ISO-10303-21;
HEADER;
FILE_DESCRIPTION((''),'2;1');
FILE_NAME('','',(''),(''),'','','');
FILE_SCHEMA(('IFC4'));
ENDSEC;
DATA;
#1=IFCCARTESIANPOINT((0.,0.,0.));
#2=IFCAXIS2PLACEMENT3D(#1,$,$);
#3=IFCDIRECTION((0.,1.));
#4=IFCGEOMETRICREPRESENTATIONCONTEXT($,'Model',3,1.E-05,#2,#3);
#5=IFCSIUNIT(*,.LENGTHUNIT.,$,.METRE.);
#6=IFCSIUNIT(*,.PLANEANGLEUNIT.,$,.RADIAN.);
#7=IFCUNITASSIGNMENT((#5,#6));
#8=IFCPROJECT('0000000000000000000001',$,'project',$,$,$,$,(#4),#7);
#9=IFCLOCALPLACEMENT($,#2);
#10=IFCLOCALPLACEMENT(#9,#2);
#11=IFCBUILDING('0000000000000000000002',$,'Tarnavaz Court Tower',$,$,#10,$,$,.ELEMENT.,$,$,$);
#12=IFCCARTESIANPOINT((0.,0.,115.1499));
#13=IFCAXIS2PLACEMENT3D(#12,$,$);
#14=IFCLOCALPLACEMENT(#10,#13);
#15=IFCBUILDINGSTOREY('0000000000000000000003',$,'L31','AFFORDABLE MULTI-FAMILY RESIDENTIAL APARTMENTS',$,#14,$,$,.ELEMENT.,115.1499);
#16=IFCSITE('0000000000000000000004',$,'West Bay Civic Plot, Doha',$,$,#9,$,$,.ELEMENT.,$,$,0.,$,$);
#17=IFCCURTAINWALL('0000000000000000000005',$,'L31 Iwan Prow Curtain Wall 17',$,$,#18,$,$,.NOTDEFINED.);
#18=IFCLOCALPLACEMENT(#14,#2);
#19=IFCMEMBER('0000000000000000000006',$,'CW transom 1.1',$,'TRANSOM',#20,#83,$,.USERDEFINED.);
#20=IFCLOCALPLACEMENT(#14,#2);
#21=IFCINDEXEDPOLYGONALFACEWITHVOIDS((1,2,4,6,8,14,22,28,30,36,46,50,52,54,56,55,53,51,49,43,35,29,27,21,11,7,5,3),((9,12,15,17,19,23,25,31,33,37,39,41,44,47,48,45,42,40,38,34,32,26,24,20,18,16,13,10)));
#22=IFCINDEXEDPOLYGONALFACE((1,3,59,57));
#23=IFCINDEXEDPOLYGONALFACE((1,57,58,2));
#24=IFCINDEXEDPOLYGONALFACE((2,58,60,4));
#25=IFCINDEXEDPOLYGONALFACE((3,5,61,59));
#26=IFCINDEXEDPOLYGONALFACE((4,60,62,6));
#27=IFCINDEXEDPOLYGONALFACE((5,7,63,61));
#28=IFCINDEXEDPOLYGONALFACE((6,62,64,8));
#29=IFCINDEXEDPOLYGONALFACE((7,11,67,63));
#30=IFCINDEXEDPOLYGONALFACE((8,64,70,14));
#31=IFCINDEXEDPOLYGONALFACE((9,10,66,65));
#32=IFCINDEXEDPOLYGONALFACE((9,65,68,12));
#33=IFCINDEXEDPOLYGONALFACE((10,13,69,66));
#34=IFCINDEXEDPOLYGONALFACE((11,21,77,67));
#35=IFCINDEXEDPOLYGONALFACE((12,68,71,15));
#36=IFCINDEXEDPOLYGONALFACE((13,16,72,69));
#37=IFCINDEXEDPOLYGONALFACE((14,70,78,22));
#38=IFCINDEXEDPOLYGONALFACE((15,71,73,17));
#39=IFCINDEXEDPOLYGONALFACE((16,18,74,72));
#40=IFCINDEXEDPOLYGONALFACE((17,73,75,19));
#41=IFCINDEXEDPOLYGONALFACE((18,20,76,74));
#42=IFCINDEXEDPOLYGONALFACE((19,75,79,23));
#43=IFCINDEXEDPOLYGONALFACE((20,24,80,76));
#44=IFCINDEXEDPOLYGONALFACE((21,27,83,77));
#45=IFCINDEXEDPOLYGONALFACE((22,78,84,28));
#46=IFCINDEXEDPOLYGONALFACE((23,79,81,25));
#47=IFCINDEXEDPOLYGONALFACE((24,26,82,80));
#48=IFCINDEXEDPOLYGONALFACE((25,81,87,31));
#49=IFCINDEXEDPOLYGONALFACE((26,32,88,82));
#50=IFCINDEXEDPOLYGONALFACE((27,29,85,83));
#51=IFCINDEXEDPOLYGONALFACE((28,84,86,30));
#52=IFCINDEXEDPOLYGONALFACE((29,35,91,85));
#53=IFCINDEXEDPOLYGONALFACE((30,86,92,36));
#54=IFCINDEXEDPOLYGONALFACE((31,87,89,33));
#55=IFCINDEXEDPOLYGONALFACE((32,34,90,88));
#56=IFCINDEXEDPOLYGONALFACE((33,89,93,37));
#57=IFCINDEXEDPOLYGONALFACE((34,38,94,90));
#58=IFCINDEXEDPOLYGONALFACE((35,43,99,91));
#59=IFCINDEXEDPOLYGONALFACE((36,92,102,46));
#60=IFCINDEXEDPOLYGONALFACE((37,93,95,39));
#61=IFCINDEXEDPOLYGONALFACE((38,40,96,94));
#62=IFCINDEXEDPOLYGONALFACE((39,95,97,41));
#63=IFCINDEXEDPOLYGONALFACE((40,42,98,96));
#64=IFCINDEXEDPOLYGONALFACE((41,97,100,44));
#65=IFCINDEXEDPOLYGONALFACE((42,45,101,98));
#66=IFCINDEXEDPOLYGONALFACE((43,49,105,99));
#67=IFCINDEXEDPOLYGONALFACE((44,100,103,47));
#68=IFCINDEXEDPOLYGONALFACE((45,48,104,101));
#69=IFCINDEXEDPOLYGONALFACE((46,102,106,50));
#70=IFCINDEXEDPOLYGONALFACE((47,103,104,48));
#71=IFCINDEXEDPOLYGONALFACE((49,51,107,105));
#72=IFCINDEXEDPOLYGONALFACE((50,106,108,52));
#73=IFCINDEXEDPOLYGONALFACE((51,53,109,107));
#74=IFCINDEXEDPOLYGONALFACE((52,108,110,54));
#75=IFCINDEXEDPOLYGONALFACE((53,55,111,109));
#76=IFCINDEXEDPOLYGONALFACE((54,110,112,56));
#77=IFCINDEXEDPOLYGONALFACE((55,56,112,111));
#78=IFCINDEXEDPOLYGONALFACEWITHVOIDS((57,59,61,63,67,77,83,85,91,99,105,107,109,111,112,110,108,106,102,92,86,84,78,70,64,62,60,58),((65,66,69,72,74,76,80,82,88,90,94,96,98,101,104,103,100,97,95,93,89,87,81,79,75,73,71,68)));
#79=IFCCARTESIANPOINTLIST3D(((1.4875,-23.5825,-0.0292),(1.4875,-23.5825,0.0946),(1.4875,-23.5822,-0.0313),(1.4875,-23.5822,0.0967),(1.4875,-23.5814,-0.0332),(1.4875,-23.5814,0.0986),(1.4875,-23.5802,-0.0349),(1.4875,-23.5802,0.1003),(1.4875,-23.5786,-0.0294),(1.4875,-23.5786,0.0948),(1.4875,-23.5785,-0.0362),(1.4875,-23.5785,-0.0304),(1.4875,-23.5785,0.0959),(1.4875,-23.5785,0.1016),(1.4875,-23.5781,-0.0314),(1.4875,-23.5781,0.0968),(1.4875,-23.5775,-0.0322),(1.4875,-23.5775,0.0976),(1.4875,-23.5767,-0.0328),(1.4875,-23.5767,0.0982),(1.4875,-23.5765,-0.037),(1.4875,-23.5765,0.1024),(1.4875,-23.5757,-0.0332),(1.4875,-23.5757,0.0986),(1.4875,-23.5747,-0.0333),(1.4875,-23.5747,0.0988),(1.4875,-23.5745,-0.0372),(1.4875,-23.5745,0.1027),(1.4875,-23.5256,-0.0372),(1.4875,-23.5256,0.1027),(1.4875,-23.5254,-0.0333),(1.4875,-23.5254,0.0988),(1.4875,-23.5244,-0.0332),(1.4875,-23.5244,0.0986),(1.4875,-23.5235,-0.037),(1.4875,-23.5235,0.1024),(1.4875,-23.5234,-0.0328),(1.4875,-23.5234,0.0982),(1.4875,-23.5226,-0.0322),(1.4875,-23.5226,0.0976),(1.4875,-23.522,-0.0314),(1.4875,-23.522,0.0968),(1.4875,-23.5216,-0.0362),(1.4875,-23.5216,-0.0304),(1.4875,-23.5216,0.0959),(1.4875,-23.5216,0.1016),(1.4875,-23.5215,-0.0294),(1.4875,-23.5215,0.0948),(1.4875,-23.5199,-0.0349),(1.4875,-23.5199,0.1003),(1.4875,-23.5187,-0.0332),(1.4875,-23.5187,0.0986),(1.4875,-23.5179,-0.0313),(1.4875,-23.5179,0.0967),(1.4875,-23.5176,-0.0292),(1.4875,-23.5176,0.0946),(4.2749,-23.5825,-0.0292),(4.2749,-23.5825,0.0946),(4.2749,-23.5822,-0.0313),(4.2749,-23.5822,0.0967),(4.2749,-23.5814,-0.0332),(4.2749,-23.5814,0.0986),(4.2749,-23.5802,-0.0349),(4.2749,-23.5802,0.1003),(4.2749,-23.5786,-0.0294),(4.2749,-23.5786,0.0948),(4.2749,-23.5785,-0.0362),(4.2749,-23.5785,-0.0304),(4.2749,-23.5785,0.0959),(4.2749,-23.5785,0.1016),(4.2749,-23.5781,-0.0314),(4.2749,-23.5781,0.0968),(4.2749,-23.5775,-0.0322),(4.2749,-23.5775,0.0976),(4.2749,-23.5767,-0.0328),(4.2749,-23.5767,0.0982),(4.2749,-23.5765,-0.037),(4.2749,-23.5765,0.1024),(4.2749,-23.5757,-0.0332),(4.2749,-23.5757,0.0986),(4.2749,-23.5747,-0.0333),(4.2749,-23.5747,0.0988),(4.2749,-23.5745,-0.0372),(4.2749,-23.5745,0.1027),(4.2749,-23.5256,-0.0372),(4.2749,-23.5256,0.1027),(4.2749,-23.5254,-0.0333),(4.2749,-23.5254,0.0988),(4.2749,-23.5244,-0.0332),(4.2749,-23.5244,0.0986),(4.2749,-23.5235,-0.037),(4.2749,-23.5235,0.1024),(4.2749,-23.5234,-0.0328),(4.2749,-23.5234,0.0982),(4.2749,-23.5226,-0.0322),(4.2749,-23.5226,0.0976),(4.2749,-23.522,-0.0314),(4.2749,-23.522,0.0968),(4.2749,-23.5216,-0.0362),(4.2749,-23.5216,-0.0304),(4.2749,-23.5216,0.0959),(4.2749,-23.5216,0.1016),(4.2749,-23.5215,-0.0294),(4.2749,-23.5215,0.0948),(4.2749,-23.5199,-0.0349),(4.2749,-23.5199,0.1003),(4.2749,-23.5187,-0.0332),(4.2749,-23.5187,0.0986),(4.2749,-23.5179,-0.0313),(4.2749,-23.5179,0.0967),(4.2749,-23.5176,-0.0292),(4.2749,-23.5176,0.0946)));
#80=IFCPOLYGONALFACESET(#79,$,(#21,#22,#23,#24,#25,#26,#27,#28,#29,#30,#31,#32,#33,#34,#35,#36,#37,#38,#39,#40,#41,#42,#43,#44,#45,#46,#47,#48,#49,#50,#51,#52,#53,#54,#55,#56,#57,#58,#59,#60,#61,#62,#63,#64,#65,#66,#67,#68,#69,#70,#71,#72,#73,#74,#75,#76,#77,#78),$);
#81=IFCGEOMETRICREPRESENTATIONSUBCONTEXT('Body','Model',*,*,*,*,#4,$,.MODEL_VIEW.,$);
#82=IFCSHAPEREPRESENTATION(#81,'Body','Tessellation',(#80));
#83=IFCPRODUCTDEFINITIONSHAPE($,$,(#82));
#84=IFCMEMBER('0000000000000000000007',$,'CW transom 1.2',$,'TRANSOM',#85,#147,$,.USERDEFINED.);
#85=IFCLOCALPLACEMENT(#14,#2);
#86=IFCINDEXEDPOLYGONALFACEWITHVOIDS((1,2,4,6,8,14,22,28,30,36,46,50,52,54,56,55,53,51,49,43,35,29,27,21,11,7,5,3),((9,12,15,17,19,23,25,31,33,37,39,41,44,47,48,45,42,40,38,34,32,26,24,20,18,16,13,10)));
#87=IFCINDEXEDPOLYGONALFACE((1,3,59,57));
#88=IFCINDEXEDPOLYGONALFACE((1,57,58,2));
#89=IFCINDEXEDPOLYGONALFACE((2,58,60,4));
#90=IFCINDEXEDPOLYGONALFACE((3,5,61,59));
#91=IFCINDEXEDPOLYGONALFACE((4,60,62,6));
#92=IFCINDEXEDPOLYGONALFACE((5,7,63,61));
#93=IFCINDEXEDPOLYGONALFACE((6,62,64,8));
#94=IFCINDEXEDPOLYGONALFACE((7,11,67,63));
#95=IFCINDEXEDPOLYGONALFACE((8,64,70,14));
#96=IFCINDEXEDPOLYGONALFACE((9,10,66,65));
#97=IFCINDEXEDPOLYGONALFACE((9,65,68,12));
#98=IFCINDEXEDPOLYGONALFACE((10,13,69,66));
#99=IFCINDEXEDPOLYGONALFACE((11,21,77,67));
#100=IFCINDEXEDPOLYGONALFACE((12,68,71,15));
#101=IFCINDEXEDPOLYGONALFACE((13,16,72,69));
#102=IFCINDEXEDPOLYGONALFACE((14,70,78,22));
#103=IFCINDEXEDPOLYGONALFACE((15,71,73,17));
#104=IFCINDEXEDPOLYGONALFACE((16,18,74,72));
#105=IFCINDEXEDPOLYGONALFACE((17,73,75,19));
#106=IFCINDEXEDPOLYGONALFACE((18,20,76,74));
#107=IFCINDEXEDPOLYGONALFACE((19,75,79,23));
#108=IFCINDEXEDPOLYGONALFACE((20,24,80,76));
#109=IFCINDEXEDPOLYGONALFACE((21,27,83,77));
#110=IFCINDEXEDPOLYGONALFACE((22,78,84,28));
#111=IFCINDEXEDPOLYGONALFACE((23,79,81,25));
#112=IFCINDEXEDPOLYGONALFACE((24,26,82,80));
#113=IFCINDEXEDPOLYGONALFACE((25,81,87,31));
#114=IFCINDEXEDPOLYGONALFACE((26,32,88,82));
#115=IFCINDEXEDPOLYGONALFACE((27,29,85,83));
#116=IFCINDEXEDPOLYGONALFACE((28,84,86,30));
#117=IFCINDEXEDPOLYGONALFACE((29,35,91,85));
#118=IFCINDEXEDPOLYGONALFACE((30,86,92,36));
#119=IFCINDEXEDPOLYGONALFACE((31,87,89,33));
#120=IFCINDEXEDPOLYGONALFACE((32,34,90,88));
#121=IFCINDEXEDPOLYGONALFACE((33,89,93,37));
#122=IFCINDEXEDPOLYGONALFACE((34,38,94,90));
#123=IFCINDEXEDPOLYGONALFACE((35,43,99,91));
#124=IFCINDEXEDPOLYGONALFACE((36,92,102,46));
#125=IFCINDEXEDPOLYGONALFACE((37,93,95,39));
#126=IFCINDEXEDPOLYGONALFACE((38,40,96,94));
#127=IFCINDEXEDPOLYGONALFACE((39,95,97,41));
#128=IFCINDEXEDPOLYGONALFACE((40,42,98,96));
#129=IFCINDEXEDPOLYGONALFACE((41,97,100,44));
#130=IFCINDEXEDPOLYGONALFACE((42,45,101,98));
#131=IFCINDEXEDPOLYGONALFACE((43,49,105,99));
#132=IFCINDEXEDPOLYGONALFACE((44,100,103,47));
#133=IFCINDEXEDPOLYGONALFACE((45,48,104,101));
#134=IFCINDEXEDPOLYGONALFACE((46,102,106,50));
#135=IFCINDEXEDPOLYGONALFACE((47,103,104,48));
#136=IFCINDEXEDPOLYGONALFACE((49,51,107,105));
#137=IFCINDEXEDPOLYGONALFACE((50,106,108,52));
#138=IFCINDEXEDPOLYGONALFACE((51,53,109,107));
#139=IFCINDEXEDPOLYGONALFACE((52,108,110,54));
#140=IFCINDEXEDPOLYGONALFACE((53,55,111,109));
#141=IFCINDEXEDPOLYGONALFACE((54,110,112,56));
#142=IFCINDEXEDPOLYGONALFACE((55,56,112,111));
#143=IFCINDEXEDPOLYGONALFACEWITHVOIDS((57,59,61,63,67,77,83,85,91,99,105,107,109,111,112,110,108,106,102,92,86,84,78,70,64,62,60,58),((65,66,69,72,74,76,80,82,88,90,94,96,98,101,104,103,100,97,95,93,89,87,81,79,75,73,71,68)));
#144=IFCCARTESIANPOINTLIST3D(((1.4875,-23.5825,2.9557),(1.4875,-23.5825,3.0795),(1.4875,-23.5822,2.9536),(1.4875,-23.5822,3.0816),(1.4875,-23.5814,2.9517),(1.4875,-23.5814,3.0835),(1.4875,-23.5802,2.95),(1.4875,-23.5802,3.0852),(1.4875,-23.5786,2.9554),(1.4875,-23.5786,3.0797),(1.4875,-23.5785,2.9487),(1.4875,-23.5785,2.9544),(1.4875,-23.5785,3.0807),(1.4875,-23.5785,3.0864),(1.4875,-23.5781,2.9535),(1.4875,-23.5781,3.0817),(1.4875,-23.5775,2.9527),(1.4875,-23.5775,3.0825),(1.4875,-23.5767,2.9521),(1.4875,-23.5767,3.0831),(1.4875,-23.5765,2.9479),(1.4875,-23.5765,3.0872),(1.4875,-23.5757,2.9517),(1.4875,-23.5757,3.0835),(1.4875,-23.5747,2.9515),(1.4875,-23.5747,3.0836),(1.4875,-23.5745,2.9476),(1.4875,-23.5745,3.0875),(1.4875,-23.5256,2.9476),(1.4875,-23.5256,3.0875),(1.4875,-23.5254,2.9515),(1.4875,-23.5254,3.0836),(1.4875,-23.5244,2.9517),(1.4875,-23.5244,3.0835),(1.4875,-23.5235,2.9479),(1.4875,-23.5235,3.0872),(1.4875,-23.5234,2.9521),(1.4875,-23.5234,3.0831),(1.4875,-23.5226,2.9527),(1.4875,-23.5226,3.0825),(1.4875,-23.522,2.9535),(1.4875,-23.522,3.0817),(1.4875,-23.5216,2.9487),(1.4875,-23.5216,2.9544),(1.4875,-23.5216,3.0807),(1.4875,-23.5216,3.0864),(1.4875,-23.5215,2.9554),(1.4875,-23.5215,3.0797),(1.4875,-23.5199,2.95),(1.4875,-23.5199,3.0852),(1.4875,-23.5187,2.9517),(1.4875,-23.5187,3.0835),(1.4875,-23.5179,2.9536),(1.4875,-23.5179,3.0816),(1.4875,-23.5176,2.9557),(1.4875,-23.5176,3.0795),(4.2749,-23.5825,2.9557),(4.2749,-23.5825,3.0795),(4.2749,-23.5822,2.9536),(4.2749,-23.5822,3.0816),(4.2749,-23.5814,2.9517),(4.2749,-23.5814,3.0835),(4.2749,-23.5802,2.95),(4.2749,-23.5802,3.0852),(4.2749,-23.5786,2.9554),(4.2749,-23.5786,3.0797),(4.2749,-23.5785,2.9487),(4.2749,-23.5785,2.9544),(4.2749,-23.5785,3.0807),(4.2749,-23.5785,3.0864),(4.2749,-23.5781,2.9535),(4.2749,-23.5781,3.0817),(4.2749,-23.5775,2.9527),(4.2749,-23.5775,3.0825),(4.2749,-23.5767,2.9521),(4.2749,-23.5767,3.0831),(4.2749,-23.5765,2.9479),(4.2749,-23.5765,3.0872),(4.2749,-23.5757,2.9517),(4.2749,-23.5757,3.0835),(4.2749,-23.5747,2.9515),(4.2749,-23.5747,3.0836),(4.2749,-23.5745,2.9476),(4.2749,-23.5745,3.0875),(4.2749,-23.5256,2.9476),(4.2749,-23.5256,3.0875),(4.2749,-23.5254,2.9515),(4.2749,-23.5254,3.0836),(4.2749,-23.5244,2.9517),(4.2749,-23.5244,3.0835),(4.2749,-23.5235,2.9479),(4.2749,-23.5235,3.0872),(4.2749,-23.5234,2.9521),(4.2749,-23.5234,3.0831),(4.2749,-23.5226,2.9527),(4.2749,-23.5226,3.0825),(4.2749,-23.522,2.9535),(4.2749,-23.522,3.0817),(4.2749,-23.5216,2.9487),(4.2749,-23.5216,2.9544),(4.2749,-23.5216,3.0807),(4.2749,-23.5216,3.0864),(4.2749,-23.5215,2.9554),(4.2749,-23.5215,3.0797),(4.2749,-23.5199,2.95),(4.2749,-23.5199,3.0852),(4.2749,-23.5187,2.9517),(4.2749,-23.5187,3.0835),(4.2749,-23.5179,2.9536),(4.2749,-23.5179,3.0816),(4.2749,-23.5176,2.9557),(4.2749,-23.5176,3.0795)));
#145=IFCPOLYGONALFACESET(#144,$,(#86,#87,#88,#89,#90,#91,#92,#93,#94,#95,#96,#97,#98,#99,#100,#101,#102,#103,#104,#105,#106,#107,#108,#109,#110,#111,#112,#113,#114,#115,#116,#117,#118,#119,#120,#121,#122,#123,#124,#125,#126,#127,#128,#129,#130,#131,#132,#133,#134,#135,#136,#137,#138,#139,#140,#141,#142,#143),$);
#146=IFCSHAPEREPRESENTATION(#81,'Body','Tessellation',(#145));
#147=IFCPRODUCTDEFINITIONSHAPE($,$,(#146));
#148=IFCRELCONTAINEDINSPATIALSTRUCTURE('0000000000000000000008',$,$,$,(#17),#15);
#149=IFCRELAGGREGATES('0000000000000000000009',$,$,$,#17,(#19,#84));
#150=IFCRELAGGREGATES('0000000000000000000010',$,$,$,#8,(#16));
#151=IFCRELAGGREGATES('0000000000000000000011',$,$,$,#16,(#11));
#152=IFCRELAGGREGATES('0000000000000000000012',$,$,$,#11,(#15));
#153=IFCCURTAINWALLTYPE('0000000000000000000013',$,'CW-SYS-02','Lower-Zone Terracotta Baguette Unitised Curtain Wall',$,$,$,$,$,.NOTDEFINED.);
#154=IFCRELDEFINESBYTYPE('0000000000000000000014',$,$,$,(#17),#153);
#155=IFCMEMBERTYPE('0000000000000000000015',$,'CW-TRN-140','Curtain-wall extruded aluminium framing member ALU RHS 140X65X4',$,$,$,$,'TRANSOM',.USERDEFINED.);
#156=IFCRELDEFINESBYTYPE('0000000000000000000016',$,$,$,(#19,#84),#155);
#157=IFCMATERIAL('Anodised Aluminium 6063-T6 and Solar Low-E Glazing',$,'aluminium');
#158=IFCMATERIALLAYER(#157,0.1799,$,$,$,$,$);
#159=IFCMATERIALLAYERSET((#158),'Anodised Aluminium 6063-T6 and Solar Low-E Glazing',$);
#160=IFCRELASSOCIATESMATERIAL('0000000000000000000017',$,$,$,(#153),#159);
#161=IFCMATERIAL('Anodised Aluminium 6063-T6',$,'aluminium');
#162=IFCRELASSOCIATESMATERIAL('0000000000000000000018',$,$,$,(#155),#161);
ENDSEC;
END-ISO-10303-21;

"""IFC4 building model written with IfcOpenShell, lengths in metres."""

from ifc_helpers import new_model, si_unit, direction, frame, origin, origin_2d, place, context, subcontext, project, spatial, hollow_rectangle, extrude, material, layer, layer_set, material_profile, profile_set, type_object, element, aggregate, save


model = new_model("IFC4")

# Units and contexts
model_context = context("Model", 3, precision=1e-05, world=origin(), true_north=direction((0.0, 1.0)))
body_context = subcontext(model_context, "Body", "Model", "MODEL_VIEW")
ifc_project = project(units=[si_unit("LENGTHUNIT", "METRE"), si_unit("PLANEANGLEUNIT", "RADIAN")], contexts=[model_context])

# Site, building, storey
site_placement = place(None, origin())
site = spatial("IfcSite", under=ifc_project, at=site_placement, Name="West Bay Civic Plot, Doha", CompositionType="ELEMENT", RefElevation=0.0)
building_placement = place(site_placement, origin())
building = spatial("IfcBuilding", under=site, at=building_placement, Name="Tarnavaz Court Tower", CompositionType="ELEMENT")
storey_placement = place(building_placement, frame((0.0, 0.0, 115.1499)))
storey = spatial("IfcBuildingStorey", under=building, at=storey_placement, Name="L31", Description="AFFORDABLE MULTI-FAMILY RESIDENTIAL APARTMENTS", CompositionType="ELEMENT", Elevation=115.1499)

# Curtain wall, members
ifc_material_1 = material(Name="Anodised Aluminium 6063-T6 and Solar Low-E Glazing", Category="aluminium")
ifc_layer_1 = layer(ifc_material_1, 0.1799)
ifc_layer_set_1 = layer_set([ifc_layer_1], Name="Anodised Aluminium 6063-T6 and Solar Low-E Glazing")
curtain_wall_type = type_object("IfcCurtainWallType", Name="CW-SYS-02", Description="Lower-Zone Terracotta Baguette Unitised Curtain Wall", PredefinedType="NOTDEFINED", material=ifc_layer_set_1)
curtain_wall_placement = place(storey_placement, origin())
curtain_wall = element("IfcCurtainWall", 1, at=curtain_wall_placement, inside=storey, type_object=curtain_wall_type, Name="L31 Iwan Prow Curtain Wall 17", PredefinedType="NOTDEFINED")
ifc_material_2 = material(Name="Anodised Aluminium 6063-T6", Category="aluminium")
ifc_material_profile_1 = material_profile(ifc_material_2, hollow_rectangle(XDim=0.0649, YDim=0.1399, WallThickness=0.0039, InnerFilletRadius=0.0039, OuterFilletRadius=0.0081, at=origin_2d()), Name="ALU RHS 140X65X4")
ifc_profile_set_1 = profile_set([ifc_material_profile_1], Name="Anodised Aluminium 6063-T6")
member_type_1 = type_object("IfcMemberType", Name="CW-TRN-140", Description="Curtain-wall extruded aluminium framing member ALU RHS 140X65X4", ElementType="TRANSOM", PredefinedType="USERDEFINED", material=ifc_profile_set_1)
member_1_placement = place(storey_placement, frame((4.2749, -23.55, 0.0327), z_axis=(-1.0, 0.0, 0.0), x_axis=(0.0, -1.0, 0.0)))
member_1 = element("IfcMember", 2, at=member_1_placement, type_object=member_type_1, Name="CW transom 1.1", ObjectType="TRANSOM", PredefinedType="USERDEFINED", context=body_context, shape_type="SweptSolid", body=[
    extrude(hollow_rectangle(XDim=0.0649, YDim=0.1399, WallThickness=0.0039, InnerFilletRadius=0.0039, OuterFilletRadius=0.0081, at=origin_2d()), origin(), (0.0, 0.0, 1.0), 2.7874),
])
member_2_placement = place(storey_placement, frame((4.2749, -23.55, 3.0176), z_axis=(-1.0, 0.0, 0.0), x_axis=(0.0, -1.0, 0.0)))
member_2 = element("IfcMember", 3, at=member_2_placement, type_object=member_type_1, Name="CW transom 1.2", ObjectType="TRANSOM", PredefinedType="USERDEFINED", context=body_context, shape_type="SweptSolid", body=[
    extrude(hollow_rectangle(XDim=0.0649, YDim=0.1399, WallThickness=0.0039, InnerFilletRadius=0.0039, OuterFilletRadius=0.0081, at=origin_2d()), origin(), (0.0, 0.0, 1.0), 2.7874),
])
aggregate(curtain_wall, [member_1, member_2])

save(model, "model.ifc")
